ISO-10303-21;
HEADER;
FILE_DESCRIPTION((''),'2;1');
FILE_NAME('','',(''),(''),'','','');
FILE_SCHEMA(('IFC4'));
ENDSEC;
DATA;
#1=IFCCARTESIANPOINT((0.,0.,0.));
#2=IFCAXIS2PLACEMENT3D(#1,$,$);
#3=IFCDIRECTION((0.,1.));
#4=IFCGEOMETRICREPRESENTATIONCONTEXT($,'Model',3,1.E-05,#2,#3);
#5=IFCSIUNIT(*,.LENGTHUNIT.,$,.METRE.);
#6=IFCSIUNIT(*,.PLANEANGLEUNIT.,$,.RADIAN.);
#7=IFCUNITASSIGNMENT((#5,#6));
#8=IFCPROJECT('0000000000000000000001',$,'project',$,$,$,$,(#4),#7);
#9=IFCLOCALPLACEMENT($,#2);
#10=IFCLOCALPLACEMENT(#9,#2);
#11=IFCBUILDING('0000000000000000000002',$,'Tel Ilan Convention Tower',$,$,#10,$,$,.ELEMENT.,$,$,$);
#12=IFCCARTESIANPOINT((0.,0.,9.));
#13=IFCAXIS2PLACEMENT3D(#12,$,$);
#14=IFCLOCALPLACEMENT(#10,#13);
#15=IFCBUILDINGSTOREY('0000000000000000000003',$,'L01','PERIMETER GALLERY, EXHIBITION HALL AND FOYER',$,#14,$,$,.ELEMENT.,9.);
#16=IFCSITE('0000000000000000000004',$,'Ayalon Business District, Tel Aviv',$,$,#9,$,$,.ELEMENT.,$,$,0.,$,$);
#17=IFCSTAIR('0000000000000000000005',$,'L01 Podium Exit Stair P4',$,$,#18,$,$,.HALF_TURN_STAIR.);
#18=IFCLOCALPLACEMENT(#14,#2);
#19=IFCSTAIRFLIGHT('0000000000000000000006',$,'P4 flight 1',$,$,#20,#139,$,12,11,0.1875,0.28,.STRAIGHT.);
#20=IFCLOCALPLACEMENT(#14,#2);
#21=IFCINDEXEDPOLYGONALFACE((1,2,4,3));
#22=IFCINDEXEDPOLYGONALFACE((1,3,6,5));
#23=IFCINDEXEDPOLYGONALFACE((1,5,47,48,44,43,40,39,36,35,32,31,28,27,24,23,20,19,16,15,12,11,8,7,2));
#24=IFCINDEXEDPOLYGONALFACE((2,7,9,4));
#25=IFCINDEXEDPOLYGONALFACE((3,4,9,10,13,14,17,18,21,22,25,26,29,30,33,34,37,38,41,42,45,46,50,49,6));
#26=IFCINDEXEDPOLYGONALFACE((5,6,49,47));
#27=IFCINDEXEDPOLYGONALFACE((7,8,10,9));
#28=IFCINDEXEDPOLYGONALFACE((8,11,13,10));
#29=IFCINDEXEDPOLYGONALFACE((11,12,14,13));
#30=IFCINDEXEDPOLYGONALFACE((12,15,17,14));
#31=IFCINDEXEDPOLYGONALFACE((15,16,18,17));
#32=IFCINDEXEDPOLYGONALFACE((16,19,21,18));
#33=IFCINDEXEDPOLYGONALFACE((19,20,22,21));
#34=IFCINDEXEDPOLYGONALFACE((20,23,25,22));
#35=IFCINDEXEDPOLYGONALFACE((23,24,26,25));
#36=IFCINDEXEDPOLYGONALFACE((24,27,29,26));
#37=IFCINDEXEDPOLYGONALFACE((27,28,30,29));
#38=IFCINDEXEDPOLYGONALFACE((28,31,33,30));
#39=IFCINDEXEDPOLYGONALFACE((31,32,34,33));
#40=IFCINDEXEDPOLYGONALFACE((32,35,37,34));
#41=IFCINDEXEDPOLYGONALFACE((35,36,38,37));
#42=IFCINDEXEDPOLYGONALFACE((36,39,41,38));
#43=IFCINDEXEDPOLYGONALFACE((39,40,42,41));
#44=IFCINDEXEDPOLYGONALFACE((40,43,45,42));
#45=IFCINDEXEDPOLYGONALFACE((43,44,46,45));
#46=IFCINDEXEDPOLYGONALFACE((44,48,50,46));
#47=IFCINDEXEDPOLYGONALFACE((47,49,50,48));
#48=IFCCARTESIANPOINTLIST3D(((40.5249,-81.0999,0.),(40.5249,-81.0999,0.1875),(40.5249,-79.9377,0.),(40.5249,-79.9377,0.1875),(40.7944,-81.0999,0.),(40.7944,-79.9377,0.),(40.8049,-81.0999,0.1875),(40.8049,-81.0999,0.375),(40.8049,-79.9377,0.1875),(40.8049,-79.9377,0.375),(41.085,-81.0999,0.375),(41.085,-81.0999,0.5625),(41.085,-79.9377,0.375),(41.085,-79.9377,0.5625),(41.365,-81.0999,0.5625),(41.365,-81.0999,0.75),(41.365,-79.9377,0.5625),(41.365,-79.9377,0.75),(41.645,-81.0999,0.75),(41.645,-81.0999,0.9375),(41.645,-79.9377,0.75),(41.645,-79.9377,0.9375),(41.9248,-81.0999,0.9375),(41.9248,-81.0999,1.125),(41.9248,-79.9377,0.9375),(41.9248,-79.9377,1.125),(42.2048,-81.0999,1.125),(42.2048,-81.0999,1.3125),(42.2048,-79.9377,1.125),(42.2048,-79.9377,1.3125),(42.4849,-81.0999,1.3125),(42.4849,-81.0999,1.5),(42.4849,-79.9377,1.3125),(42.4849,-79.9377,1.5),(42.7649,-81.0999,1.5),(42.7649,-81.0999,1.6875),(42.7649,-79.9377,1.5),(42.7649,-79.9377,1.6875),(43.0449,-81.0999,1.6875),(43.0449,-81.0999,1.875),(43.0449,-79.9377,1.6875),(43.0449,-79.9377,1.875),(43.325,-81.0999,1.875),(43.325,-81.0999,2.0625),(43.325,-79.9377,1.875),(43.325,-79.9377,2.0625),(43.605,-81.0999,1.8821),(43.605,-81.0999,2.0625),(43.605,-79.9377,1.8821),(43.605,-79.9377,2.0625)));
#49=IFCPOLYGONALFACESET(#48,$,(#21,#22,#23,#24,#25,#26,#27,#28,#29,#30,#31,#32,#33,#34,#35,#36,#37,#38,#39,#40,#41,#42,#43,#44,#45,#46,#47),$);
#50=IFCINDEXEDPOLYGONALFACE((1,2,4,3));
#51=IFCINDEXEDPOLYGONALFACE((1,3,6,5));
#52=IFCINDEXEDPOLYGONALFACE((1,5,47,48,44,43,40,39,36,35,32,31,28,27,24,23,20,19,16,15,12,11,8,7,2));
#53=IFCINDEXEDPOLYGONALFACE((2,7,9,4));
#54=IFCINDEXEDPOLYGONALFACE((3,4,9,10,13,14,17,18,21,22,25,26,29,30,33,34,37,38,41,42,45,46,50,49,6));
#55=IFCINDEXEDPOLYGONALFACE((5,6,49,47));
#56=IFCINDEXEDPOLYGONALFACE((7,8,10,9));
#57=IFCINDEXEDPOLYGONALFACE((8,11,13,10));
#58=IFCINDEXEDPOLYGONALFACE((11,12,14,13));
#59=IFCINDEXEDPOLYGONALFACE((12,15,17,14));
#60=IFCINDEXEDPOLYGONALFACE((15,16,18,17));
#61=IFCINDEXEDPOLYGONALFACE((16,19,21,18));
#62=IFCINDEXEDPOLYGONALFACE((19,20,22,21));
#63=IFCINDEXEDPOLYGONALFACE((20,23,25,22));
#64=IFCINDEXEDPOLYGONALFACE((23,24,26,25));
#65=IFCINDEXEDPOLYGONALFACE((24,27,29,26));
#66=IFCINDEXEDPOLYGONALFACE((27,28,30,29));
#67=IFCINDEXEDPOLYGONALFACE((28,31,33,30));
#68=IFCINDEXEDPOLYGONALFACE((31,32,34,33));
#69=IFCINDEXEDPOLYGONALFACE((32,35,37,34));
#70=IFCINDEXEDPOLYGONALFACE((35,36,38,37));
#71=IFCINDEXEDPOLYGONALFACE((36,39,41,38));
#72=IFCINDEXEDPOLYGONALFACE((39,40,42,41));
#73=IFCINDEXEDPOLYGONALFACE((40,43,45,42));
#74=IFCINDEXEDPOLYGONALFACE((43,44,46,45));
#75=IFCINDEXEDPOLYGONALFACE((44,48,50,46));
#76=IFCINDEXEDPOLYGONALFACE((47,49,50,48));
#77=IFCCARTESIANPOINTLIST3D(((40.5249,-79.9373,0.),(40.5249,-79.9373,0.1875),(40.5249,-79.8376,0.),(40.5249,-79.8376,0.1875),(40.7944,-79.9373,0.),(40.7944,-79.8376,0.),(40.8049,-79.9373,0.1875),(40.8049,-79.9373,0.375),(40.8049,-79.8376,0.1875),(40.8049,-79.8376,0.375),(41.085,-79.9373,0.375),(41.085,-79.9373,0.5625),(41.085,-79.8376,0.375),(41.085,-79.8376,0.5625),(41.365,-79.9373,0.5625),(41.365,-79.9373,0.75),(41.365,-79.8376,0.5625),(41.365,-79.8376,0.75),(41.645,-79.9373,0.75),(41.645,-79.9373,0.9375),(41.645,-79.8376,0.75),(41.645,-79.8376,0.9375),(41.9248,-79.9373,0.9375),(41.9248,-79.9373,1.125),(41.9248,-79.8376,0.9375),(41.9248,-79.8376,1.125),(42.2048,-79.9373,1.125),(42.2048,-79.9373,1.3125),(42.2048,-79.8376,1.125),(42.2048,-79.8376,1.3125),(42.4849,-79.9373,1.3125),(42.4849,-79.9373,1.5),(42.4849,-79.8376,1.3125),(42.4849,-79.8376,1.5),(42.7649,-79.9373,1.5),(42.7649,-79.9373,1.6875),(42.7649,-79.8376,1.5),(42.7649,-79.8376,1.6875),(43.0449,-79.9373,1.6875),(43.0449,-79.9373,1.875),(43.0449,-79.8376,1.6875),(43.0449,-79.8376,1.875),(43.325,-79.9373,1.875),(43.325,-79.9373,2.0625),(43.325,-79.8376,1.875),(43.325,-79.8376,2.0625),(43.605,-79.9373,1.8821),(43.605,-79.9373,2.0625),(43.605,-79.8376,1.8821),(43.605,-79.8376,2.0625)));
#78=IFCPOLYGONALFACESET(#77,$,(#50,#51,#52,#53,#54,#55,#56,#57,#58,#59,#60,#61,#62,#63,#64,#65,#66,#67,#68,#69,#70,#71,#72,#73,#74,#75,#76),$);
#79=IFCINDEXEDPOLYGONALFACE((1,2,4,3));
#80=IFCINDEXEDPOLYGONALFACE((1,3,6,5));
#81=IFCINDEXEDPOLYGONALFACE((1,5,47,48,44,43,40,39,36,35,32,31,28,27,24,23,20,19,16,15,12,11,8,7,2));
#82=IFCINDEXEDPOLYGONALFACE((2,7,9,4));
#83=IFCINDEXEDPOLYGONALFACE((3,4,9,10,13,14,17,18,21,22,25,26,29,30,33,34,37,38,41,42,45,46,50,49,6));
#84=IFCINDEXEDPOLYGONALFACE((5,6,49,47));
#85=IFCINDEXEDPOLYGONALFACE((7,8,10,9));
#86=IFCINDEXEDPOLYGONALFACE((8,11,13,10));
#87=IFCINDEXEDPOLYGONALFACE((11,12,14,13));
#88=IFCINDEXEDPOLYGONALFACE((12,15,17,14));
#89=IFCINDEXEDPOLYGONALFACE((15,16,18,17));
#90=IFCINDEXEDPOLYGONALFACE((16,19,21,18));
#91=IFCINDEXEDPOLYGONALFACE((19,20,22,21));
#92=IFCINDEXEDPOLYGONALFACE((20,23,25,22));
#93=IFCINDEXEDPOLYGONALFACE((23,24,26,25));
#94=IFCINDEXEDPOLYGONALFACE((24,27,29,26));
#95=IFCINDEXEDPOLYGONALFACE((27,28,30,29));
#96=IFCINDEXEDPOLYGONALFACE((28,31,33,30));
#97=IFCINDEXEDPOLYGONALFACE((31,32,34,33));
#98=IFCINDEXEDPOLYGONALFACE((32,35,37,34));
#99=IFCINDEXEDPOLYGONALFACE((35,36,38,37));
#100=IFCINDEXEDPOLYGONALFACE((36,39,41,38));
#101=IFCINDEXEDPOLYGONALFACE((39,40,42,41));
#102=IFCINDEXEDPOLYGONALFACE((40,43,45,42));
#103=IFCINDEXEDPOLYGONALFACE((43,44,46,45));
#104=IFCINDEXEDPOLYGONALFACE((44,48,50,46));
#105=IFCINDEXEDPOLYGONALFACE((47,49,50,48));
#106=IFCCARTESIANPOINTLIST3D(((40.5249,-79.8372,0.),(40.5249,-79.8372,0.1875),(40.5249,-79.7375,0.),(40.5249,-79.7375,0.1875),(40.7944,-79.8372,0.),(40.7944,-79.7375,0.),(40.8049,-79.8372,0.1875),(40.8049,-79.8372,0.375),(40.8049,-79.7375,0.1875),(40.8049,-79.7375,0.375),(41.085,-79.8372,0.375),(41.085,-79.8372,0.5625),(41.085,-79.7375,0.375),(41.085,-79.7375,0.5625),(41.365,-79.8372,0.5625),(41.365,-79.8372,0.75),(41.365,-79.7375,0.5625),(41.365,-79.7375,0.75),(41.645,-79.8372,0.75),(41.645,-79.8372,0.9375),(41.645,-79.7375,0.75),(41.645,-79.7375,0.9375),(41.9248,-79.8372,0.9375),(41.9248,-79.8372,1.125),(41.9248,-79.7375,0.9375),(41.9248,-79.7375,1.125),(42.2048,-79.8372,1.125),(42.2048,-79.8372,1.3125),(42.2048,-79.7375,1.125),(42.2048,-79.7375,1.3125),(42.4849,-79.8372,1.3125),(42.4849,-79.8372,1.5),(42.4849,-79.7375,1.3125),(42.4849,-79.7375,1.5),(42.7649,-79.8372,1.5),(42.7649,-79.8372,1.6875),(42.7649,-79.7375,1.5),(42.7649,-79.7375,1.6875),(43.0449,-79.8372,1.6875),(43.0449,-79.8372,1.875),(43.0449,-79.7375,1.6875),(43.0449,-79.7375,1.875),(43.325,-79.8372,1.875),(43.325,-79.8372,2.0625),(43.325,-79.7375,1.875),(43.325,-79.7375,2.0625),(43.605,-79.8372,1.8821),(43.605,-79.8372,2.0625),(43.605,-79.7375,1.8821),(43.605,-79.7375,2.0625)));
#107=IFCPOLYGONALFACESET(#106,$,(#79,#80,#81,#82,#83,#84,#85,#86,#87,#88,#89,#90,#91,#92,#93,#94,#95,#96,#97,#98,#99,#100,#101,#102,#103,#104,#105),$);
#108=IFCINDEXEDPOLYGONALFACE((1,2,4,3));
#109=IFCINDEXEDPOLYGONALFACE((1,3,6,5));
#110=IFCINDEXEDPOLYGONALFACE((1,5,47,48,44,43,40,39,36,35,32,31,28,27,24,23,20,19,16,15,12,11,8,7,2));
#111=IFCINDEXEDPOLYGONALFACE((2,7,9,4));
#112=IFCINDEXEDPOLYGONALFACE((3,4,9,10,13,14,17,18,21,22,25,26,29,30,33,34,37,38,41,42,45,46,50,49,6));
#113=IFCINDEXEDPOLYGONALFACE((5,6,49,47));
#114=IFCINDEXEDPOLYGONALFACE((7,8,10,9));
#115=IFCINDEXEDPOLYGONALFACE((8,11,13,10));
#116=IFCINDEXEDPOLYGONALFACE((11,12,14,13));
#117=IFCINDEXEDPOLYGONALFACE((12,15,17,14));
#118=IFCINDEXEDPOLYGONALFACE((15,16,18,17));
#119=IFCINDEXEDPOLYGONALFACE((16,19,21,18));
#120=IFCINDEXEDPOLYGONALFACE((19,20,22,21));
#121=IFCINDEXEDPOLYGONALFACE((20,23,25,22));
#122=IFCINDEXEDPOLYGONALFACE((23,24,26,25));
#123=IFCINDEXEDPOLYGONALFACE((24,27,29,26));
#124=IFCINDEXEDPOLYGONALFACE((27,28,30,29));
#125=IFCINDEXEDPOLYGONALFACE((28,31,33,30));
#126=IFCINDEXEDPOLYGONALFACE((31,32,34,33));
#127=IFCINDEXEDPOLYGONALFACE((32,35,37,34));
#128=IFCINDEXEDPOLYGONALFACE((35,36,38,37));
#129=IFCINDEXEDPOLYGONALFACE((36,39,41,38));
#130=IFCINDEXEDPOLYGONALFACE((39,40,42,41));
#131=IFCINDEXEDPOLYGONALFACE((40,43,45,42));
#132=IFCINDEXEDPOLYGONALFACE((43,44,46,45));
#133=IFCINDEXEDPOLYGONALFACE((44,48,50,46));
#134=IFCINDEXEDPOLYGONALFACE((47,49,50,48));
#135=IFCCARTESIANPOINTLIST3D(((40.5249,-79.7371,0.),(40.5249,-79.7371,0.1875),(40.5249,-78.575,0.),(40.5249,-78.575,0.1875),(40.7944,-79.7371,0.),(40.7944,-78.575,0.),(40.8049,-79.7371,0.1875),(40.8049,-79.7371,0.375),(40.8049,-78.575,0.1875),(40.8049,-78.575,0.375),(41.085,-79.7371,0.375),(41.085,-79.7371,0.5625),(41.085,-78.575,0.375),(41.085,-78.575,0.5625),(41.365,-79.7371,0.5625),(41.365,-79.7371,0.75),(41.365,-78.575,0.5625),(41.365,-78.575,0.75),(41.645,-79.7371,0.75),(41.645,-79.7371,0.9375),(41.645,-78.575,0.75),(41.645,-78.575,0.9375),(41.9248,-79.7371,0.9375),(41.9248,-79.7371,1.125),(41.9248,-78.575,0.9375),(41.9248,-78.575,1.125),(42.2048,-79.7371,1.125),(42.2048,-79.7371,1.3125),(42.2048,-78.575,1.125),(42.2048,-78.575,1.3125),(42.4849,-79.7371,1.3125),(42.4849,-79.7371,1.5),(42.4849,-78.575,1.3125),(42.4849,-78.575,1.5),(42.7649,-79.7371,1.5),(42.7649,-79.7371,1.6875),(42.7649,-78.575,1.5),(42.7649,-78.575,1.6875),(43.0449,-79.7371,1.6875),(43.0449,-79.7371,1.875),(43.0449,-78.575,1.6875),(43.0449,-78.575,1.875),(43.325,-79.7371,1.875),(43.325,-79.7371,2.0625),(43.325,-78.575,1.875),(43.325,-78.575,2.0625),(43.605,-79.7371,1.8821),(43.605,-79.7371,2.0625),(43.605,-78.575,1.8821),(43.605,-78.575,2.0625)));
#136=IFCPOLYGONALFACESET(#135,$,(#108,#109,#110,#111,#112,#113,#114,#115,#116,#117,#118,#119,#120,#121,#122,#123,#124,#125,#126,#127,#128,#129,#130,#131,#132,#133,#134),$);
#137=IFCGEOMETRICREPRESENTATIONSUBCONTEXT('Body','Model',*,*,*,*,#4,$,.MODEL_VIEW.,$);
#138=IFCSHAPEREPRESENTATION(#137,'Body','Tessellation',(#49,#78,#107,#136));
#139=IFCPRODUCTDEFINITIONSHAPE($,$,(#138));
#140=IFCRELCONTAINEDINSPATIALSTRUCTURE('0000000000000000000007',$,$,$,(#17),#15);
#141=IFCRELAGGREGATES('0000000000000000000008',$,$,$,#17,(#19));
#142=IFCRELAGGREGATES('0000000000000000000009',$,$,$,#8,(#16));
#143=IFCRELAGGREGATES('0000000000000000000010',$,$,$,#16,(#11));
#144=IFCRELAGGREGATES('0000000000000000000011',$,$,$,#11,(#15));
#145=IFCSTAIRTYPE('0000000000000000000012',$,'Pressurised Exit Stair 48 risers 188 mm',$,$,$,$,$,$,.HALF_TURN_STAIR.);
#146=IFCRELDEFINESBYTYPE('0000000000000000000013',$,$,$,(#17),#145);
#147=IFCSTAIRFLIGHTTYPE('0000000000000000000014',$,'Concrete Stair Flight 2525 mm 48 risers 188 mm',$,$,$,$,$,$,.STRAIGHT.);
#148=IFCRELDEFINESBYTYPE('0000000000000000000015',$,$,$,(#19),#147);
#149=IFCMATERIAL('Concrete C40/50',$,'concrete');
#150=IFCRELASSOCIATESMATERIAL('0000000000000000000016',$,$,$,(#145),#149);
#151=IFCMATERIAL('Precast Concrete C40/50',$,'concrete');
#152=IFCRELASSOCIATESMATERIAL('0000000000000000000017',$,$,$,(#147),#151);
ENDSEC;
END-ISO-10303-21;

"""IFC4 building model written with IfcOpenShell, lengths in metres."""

from ifc_helpers import new_model, si_unit, direction, frame, origin, place, context, subcontext, project, spatial, polyline, outline, extrude, material, type_object, element, aggregate, save


model = new_model("IFC4")

# Units and contexts
model_context = context("Model", 3, precision=1e-05, world=origin(), true_north=direction((0.0, 1.0)))
body_context = subcontext(model_context, "Body", "Model", "MODEL_VIEW")
ifc_project = project(units=[si_unit("LENGTHUNIT", "METRE"), si_unit("PLANEANGLEUNIT", "RADIAN")], contexts=[model_context])

# Site, building, storey
site_placement = place(None, origin())
site = spatial("IfcSite", under=ifc_project, at=site_placement, Name="Ayalon Business District, Tel Aviv", CompositionType="ELEMENT", RefElevation=0.0)
building_placement = place(site_placement, origin())
building = spatial("IfcBuilding", under=site, at=building_placement, Name="Tel Ilan Convention Tower", CompositionType="ELEMENT")
storey_placement = place(building_placement, frame((0.0, 0.0, 9.0)))
storey = spatial("IfcBuildingStorey", under=building, at=storey_placement, Name="L01", Description="PERIMETER GALLERY, EXHIBITION HALL AND FOYER", CompositionType="ELEMENT", Elevation=9.0)

# Stair, stair flight
ifc_material_1 = material(Name="Concrete C40/50", Category="concrete")
stair_type = type_object("IfcStairType", Name="Pressurised Exit Stair 48 risers 188 mm", PredefinedType="HALF_TURN_STAIR", material=ifc_material_1)
stair_1_placement = place(storey_placement, origin())
stair_1 = element("IfcStair", 1, at=stair_1_placement, inside=storey, type_object=stair_type, Name="L01 Podium Exit Stair P4", PredefinedType="HALF_TURN_STAIR")
ifc_material_2 = material(Name="Precast Concrete C40/50", Category="concrete")
stair_flight_type = type_object("IfcStairFlightType", Name="Concrete Stair Flight 2525 mm 48 risers 188 mm", PredefinedType="STRAIGHT", material=ifc_material_2)
stair_flight_1_placement = place(storey_placement, frame((40.5249, -79.8374, 0.0), z_axis=(0.0, 0.0, 1.0), x_axis=(1.0, 0.0, 0.0)))
stair_flight_1 = element("IfcStairFlight", 2, at=stair_flight_1_placement, type_object=stair_flight_type, Name="P4 flight 1", NumberOfRisers=12, NumberOfTreads=11, PredefinedType="STRAIGHT", RiserHeight=0.1875, TreadLength=0.28, context=body_context, shape_type="SweptSolid", body=[
    extrude(outline(polyline([(0.0, 0.0), (0.0, 0.1875), (0.28, 0.1875), (0.28, 0.375), (0.5601, 0.375), (0.5601, 0.5625), (0.8401, 0.5625), (0.8401, 0.75), (1.1201, 0.75), (1.1201, 0.9375), (1.3999, 0.9375), (1.3999, 1.125), (1.6799, 1.125), (1.6799, 1.3125), (1.96, 1.3125), (1.96, 1.5), (2.24, 1.5), (2.24, 1.6875), (2.52, 1.6875), (2.52, 1.875), (2.8, 1.875), (2.8, 2.0625), (3.0801, 2.0625), (3.0801, 2.25), (3.0801, 1.8821), (0.2695, 0.0), (0.0, 0.0)])), frame((0.0, -0.1003, 0.0), z_axis=(0.0, -1.0, 0.0), x_axis=(1.0, 0.0, 0.0)), (0.0, 0.0, 1.0), 1.1621),
    extrude(outline(polyline([(0.0, 0.0), (0.0, 0.1875), (0.28, 0.1875), (0.28, 0.375), (0.5601, 0.375), (0.5601, 0.5625), (0.8401, 0.5625), (0.8401, 0.75), (1.1201, 0.75), (1.1201, 0.9375), (1.3999, 0.9375), (1.3999, 1.125), (1.6799, 1.125), (1.6799, 1.3125), (1.96, 1.3125), (1.96, 1.5), (2.24, 1.5), (2.24, 1.6875), (2.52, 1.6875), (2.52, 1.875), (2.8, 1.875), (2.8, 2.0625), (3.0801, 2.0625), (3.0801, 2.25), (3.0801, 1.8821), (0.2695, 0.0), (0.0, 0.0)])), frame((0.0, -0.0002, 0.0), z_axis=(0.0, -1.0, 0.0), x_axis=(1.0, 0.0, 0.0)), (0.0, 0.0, 1.0), 0.0996),
    extrude(outline(polyline([(0.0, 0.0), (0.0, 0.1875), (0.28, 0.1875), (0.28, 0.375), (0.5601, 0.375), (0.5601, 0.5625), (0.8401, 0.5625), (0.8401, 0.75), (1.1201, 0.75), (1.1201, 0.9375), (1.3999, 0.9375), (1.3999, 1.125), (1.6799, 1.125), (1.6799, 1.3125), (1.96, 1.3125), (1.96, 1.5), (2.24, 1.5), (2.24, 1.6875), (2.52, 1.6875), (2.52, 1.875), (2.8, 1.875), (2.8, 2.0625), (3.0801, 2.0625), (3.0801, 2.25), (3.0801, 1.8821), (0.2695, 0.0), (0.0, 0.0)])), frame((0.0, 0.0999, 0.0), z_axis=(0.0, -1.0, 0.0), x_axis=(1.0, 0.0, 0.0)), (0.0, 0.0, 1.0), 0.0996),
    extrude(outline(polyline([(0.0, 0.0), (0.0, 0.1875), (0.28, 0.1875), (0.28, 0.375), (0.5601, 0.375), (0.5601, 0.5625), (0.8401, 0.5625), (0.8401, 0.75), (1.1201, 0.75), (1.1201, 0.9375), (1.3999, 0.9375), (1.3999, 1.125), (1.6799, 1.125), (1.6799, 1.3125), (1.96, 1.3125), (1.96, 1.5), (2.24, 1.5), (2.24, 1.6875), (2.52, 1.6875), (2.52, 1.875), (2.8, 1.875), (2.8, 2.0625), (3.0801, 2.0625), (3.0801, 2.25), (3.0801, 1.8821), (0.2695, 0.0), (0.0, 0.0)])), frame((0.0, 1.2625, 0.0), z_axis=(0.0, -1.0, 0.0), x_axis=(1.0, 0.0, 0.0)), (0.0, 0.0, 1.0), 1.1621),
])
aggregate(stair_1, [stair_flight_1])

save(model, "model.ifc")
